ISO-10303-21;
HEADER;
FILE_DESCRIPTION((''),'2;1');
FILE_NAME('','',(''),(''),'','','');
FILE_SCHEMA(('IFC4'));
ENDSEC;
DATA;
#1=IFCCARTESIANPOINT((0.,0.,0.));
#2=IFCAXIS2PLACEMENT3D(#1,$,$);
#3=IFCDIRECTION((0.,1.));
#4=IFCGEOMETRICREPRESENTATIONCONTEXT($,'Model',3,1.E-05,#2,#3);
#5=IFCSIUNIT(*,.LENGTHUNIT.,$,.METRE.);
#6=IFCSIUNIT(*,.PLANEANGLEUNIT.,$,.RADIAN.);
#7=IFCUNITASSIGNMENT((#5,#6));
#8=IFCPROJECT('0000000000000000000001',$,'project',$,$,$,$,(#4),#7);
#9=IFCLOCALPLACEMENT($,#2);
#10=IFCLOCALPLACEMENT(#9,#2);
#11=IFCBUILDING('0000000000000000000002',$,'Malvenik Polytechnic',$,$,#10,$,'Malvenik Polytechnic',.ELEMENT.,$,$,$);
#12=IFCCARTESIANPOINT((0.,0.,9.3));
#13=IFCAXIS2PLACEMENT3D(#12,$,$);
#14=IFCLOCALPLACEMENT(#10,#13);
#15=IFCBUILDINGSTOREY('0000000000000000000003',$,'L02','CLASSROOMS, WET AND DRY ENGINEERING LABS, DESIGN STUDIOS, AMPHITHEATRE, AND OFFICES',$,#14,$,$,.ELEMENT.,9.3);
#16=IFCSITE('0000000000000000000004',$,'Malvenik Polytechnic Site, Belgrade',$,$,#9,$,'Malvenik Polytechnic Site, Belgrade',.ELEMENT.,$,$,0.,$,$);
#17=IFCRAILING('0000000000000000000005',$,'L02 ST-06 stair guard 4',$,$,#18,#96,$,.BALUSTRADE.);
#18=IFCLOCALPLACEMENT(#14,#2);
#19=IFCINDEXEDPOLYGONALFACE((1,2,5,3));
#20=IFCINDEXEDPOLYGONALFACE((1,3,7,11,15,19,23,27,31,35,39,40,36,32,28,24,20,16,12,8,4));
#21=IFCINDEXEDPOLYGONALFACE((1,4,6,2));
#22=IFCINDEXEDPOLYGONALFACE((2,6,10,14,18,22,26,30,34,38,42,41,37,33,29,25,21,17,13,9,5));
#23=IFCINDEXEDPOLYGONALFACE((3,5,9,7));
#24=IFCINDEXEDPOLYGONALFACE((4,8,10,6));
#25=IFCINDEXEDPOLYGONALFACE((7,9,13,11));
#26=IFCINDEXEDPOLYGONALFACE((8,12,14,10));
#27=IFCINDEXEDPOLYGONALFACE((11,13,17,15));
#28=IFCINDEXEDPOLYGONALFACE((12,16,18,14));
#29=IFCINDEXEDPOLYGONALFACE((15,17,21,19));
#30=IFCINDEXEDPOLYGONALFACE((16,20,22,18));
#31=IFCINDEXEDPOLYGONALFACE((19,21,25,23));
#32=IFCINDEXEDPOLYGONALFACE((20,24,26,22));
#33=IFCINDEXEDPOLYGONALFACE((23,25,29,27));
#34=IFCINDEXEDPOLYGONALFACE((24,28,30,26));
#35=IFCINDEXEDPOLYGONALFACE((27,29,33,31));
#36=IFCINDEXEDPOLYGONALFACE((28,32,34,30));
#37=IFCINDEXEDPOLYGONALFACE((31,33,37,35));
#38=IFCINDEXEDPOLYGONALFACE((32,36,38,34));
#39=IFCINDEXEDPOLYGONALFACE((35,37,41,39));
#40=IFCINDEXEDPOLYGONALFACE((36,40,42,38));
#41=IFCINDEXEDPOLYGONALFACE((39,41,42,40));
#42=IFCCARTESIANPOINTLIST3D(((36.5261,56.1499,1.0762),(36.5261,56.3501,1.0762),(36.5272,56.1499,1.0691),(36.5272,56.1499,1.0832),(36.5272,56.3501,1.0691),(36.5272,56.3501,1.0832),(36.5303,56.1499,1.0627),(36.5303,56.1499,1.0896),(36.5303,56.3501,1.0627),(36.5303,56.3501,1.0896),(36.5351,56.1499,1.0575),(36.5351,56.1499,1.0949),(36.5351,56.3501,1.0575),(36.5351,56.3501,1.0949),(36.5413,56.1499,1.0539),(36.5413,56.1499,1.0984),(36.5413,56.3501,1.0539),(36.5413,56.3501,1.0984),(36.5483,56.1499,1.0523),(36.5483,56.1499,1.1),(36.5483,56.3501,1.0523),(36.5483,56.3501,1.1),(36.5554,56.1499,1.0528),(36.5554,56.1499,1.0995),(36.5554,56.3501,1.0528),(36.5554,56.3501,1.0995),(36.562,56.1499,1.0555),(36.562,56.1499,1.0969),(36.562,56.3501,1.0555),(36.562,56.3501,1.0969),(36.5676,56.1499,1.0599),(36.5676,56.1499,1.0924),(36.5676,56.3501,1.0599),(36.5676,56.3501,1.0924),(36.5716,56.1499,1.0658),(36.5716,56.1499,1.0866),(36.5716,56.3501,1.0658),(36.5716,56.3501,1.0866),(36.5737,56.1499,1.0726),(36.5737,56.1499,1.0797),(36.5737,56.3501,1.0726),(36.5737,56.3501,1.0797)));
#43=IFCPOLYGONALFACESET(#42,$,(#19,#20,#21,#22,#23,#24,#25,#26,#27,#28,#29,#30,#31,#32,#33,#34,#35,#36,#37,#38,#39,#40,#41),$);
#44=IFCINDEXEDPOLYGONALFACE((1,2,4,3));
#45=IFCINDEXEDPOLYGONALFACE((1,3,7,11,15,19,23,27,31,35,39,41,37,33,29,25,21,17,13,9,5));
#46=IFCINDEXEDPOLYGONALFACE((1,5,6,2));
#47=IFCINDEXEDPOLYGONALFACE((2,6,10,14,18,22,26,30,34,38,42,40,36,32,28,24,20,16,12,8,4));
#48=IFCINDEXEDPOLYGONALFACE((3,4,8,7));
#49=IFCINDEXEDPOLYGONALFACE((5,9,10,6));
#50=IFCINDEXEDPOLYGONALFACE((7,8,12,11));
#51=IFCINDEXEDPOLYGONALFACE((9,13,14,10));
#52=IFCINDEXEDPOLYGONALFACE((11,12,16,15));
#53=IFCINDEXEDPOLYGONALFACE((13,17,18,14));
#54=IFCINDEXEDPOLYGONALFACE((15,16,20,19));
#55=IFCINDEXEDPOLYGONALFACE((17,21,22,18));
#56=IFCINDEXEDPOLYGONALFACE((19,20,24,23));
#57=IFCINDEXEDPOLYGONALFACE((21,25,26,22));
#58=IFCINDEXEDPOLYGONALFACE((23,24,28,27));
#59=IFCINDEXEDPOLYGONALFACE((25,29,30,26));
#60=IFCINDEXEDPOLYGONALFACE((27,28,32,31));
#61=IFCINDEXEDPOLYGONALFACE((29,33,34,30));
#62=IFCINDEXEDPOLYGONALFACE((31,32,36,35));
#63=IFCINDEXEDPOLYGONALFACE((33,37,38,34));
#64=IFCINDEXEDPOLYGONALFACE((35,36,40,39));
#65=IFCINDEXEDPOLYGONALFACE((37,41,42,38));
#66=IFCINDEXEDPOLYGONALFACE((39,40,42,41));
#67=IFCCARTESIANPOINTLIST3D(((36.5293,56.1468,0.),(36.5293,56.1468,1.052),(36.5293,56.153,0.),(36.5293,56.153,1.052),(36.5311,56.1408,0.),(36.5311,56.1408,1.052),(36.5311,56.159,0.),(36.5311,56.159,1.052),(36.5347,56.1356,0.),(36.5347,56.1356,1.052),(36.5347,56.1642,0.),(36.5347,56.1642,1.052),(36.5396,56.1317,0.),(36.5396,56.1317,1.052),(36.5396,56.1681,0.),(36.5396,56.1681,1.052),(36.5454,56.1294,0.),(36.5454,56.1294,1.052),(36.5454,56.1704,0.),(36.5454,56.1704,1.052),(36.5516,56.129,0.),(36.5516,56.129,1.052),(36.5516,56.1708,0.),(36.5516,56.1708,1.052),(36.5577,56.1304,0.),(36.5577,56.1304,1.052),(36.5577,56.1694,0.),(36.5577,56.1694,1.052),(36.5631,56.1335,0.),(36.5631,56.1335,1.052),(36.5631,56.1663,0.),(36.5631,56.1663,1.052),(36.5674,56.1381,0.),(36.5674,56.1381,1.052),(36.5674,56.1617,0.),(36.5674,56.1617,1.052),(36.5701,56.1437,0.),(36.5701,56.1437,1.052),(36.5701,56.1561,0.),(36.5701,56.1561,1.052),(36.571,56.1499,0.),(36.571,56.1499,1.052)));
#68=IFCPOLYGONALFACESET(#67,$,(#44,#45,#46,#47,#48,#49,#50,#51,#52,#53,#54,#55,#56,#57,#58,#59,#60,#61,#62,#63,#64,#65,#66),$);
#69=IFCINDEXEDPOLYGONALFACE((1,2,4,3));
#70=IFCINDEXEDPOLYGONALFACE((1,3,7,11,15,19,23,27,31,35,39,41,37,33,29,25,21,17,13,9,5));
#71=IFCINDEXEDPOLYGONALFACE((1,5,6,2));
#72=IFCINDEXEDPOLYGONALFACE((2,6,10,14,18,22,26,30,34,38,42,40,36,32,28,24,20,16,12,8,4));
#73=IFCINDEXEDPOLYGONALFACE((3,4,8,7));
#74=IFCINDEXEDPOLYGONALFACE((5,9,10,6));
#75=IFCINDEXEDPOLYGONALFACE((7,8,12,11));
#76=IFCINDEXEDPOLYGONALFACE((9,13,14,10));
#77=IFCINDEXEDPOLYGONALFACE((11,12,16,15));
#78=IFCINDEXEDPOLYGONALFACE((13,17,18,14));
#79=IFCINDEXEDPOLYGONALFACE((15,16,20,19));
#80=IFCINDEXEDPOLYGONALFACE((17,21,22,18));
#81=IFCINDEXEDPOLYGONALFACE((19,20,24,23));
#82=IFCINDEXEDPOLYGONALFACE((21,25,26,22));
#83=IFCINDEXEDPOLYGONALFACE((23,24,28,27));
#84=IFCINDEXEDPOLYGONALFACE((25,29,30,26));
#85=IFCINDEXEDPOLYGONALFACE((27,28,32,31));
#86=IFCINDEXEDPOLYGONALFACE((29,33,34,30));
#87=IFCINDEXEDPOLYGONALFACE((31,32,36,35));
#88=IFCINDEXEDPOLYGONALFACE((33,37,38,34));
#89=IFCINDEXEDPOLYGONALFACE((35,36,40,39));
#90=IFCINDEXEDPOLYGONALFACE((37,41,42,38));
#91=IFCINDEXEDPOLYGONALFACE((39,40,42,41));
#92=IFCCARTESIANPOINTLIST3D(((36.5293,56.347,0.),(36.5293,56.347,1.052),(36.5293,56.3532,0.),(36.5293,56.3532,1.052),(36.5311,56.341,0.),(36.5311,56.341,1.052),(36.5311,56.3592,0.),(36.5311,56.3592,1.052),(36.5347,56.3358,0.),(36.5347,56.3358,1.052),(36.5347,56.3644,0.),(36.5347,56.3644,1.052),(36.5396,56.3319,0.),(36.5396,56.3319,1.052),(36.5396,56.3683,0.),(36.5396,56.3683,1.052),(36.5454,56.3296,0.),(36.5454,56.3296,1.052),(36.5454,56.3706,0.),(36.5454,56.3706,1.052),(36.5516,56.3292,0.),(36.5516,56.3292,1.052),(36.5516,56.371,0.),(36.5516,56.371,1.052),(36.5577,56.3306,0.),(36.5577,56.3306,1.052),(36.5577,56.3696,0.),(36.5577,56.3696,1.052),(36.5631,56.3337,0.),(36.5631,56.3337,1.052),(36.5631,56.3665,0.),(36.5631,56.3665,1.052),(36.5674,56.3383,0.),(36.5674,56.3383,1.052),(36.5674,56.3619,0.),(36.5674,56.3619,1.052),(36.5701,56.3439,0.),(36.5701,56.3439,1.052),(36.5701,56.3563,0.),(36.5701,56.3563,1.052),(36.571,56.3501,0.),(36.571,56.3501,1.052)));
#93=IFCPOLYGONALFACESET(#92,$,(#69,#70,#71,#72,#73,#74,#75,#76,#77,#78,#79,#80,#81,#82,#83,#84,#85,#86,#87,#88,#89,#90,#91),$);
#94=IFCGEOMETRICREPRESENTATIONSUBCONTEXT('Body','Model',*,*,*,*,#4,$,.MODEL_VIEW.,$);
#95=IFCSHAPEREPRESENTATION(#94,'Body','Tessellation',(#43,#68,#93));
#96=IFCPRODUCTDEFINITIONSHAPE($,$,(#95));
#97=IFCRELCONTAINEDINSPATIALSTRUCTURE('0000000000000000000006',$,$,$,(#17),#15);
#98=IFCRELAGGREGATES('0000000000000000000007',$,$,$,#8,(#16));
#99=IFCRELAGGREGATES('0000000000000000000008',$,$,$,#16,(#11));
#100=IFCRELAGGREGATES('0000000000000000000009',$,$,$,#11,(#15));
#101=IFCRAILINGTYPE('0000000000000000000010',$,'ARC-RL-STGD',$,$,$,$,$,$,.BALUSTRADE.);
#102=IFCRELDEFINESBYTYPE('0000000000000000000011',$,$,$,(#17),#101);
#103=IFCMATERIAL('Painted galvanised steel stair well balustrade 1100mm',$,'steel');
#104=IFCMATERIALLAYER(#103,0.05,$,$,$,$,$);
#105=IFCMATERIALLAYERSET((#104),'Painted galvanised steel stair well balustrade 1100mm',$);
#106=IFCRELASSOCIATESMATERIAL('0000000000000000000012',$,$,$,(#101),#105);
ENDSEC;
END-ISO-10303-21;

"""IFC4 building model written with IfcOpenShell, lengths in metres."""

from ifc_helpers import new_model, si_unit, direction, frame, origin, origin_2d, place, context, subcontext, project, spatial, circle, extrude, material, layer, layer_set, type_object, element, save


model = new_model("IFC4")

# Units and contexts
model_context = context("Model", 3, precision=1e-05, world=origin(), true_north=direction((0.0, 1.0)))
body_context = subcontext(model_context, "Body", "Model", "MODEL_VIEW")
ifc_project = project(units=[si_unit("LENGTHUNIT", "METRE"), si_unit("PLANEANGLEUNIT", "RADIAN")], contexts=[model_context])

# Site, building, storey
site_placement = place(None, origin())
site = spatial("IfcSite", under=ifc_project, at=site_placement, Name="Malvenik Polytechnic Site, Belgrade", LongName="Malvenik Polytechnic Site, Belgrade", CompositionType="ELEMENT", RefElevation=0.0)
building_placement = place(site_placement, origin())
building = spatial("IfcBuilding", under=site, at=building_placement, Name="Malvenik Polytechnic", LongName="Malvenik Polytechnic", CompositionType="ELEMENT")
storey_placement = place(building_placement, frame((0.0, 0.0, 9.3)))
storey = spatial("IfcBuildingStorey", under=building, at=storey_placement, Name="L02", Description="CLASSROOMS, WET AND DRY ENGINEERING LABS, DESIGN STUDIOS, AMPHITHEATRE, AND OFFICES", CompositionType="ELEMENT", Elevation=9.3)

# Railing
ifc_material_1 = material(Name="Painted galvanised steel stair well balustrade 1100mm", Category="steel")
ifc_layer_1 = layer(ifc_material_1, 0.05)
ifc_layer_set_1 = layer_set([ifc_layer_1], Name="Painted galvanised steel stair well balustrade 1100mm")
railing_type_1 = type_object("IfcRailingType", Name="ARC-RL-STGD", PredefinedType="BALUSTRADE", material=ifc_layer_set_1)
railing_1_placement = place(storey_placement, frame((36.55, 56.1499, 0.0)))
element("IfcRailing", 1, at=railing_1_placement, inside=storey, type_object=railing_type_1, Name="L02 ST-06 stair guard 4", PredefinedType="BALUSTRADE", context=body_context, shape_type="SweptSolid", body=[
    extrude(circle(Radius=0.0239, at=origin_2d()), frame((0.0, 0.0, 1.0762), z_axis=(0.0, 1.0, 0.0), x_axis=(-1.0, 0.0, 0.0)), (0.0, 0.0, 1.0), 0.2002),
    extrude(circle(Radius=0.021, at=origin_2d()), origin(), (0.0, 0.0, 1.0), 1.052),
    extrude(circle(Radius=0.021, at=origin_2d()), frame((0.0, 0.2002, 0.0)), (0.0, 0.0, 1.0), 1.052),
])

save(model, "model.ifc")
